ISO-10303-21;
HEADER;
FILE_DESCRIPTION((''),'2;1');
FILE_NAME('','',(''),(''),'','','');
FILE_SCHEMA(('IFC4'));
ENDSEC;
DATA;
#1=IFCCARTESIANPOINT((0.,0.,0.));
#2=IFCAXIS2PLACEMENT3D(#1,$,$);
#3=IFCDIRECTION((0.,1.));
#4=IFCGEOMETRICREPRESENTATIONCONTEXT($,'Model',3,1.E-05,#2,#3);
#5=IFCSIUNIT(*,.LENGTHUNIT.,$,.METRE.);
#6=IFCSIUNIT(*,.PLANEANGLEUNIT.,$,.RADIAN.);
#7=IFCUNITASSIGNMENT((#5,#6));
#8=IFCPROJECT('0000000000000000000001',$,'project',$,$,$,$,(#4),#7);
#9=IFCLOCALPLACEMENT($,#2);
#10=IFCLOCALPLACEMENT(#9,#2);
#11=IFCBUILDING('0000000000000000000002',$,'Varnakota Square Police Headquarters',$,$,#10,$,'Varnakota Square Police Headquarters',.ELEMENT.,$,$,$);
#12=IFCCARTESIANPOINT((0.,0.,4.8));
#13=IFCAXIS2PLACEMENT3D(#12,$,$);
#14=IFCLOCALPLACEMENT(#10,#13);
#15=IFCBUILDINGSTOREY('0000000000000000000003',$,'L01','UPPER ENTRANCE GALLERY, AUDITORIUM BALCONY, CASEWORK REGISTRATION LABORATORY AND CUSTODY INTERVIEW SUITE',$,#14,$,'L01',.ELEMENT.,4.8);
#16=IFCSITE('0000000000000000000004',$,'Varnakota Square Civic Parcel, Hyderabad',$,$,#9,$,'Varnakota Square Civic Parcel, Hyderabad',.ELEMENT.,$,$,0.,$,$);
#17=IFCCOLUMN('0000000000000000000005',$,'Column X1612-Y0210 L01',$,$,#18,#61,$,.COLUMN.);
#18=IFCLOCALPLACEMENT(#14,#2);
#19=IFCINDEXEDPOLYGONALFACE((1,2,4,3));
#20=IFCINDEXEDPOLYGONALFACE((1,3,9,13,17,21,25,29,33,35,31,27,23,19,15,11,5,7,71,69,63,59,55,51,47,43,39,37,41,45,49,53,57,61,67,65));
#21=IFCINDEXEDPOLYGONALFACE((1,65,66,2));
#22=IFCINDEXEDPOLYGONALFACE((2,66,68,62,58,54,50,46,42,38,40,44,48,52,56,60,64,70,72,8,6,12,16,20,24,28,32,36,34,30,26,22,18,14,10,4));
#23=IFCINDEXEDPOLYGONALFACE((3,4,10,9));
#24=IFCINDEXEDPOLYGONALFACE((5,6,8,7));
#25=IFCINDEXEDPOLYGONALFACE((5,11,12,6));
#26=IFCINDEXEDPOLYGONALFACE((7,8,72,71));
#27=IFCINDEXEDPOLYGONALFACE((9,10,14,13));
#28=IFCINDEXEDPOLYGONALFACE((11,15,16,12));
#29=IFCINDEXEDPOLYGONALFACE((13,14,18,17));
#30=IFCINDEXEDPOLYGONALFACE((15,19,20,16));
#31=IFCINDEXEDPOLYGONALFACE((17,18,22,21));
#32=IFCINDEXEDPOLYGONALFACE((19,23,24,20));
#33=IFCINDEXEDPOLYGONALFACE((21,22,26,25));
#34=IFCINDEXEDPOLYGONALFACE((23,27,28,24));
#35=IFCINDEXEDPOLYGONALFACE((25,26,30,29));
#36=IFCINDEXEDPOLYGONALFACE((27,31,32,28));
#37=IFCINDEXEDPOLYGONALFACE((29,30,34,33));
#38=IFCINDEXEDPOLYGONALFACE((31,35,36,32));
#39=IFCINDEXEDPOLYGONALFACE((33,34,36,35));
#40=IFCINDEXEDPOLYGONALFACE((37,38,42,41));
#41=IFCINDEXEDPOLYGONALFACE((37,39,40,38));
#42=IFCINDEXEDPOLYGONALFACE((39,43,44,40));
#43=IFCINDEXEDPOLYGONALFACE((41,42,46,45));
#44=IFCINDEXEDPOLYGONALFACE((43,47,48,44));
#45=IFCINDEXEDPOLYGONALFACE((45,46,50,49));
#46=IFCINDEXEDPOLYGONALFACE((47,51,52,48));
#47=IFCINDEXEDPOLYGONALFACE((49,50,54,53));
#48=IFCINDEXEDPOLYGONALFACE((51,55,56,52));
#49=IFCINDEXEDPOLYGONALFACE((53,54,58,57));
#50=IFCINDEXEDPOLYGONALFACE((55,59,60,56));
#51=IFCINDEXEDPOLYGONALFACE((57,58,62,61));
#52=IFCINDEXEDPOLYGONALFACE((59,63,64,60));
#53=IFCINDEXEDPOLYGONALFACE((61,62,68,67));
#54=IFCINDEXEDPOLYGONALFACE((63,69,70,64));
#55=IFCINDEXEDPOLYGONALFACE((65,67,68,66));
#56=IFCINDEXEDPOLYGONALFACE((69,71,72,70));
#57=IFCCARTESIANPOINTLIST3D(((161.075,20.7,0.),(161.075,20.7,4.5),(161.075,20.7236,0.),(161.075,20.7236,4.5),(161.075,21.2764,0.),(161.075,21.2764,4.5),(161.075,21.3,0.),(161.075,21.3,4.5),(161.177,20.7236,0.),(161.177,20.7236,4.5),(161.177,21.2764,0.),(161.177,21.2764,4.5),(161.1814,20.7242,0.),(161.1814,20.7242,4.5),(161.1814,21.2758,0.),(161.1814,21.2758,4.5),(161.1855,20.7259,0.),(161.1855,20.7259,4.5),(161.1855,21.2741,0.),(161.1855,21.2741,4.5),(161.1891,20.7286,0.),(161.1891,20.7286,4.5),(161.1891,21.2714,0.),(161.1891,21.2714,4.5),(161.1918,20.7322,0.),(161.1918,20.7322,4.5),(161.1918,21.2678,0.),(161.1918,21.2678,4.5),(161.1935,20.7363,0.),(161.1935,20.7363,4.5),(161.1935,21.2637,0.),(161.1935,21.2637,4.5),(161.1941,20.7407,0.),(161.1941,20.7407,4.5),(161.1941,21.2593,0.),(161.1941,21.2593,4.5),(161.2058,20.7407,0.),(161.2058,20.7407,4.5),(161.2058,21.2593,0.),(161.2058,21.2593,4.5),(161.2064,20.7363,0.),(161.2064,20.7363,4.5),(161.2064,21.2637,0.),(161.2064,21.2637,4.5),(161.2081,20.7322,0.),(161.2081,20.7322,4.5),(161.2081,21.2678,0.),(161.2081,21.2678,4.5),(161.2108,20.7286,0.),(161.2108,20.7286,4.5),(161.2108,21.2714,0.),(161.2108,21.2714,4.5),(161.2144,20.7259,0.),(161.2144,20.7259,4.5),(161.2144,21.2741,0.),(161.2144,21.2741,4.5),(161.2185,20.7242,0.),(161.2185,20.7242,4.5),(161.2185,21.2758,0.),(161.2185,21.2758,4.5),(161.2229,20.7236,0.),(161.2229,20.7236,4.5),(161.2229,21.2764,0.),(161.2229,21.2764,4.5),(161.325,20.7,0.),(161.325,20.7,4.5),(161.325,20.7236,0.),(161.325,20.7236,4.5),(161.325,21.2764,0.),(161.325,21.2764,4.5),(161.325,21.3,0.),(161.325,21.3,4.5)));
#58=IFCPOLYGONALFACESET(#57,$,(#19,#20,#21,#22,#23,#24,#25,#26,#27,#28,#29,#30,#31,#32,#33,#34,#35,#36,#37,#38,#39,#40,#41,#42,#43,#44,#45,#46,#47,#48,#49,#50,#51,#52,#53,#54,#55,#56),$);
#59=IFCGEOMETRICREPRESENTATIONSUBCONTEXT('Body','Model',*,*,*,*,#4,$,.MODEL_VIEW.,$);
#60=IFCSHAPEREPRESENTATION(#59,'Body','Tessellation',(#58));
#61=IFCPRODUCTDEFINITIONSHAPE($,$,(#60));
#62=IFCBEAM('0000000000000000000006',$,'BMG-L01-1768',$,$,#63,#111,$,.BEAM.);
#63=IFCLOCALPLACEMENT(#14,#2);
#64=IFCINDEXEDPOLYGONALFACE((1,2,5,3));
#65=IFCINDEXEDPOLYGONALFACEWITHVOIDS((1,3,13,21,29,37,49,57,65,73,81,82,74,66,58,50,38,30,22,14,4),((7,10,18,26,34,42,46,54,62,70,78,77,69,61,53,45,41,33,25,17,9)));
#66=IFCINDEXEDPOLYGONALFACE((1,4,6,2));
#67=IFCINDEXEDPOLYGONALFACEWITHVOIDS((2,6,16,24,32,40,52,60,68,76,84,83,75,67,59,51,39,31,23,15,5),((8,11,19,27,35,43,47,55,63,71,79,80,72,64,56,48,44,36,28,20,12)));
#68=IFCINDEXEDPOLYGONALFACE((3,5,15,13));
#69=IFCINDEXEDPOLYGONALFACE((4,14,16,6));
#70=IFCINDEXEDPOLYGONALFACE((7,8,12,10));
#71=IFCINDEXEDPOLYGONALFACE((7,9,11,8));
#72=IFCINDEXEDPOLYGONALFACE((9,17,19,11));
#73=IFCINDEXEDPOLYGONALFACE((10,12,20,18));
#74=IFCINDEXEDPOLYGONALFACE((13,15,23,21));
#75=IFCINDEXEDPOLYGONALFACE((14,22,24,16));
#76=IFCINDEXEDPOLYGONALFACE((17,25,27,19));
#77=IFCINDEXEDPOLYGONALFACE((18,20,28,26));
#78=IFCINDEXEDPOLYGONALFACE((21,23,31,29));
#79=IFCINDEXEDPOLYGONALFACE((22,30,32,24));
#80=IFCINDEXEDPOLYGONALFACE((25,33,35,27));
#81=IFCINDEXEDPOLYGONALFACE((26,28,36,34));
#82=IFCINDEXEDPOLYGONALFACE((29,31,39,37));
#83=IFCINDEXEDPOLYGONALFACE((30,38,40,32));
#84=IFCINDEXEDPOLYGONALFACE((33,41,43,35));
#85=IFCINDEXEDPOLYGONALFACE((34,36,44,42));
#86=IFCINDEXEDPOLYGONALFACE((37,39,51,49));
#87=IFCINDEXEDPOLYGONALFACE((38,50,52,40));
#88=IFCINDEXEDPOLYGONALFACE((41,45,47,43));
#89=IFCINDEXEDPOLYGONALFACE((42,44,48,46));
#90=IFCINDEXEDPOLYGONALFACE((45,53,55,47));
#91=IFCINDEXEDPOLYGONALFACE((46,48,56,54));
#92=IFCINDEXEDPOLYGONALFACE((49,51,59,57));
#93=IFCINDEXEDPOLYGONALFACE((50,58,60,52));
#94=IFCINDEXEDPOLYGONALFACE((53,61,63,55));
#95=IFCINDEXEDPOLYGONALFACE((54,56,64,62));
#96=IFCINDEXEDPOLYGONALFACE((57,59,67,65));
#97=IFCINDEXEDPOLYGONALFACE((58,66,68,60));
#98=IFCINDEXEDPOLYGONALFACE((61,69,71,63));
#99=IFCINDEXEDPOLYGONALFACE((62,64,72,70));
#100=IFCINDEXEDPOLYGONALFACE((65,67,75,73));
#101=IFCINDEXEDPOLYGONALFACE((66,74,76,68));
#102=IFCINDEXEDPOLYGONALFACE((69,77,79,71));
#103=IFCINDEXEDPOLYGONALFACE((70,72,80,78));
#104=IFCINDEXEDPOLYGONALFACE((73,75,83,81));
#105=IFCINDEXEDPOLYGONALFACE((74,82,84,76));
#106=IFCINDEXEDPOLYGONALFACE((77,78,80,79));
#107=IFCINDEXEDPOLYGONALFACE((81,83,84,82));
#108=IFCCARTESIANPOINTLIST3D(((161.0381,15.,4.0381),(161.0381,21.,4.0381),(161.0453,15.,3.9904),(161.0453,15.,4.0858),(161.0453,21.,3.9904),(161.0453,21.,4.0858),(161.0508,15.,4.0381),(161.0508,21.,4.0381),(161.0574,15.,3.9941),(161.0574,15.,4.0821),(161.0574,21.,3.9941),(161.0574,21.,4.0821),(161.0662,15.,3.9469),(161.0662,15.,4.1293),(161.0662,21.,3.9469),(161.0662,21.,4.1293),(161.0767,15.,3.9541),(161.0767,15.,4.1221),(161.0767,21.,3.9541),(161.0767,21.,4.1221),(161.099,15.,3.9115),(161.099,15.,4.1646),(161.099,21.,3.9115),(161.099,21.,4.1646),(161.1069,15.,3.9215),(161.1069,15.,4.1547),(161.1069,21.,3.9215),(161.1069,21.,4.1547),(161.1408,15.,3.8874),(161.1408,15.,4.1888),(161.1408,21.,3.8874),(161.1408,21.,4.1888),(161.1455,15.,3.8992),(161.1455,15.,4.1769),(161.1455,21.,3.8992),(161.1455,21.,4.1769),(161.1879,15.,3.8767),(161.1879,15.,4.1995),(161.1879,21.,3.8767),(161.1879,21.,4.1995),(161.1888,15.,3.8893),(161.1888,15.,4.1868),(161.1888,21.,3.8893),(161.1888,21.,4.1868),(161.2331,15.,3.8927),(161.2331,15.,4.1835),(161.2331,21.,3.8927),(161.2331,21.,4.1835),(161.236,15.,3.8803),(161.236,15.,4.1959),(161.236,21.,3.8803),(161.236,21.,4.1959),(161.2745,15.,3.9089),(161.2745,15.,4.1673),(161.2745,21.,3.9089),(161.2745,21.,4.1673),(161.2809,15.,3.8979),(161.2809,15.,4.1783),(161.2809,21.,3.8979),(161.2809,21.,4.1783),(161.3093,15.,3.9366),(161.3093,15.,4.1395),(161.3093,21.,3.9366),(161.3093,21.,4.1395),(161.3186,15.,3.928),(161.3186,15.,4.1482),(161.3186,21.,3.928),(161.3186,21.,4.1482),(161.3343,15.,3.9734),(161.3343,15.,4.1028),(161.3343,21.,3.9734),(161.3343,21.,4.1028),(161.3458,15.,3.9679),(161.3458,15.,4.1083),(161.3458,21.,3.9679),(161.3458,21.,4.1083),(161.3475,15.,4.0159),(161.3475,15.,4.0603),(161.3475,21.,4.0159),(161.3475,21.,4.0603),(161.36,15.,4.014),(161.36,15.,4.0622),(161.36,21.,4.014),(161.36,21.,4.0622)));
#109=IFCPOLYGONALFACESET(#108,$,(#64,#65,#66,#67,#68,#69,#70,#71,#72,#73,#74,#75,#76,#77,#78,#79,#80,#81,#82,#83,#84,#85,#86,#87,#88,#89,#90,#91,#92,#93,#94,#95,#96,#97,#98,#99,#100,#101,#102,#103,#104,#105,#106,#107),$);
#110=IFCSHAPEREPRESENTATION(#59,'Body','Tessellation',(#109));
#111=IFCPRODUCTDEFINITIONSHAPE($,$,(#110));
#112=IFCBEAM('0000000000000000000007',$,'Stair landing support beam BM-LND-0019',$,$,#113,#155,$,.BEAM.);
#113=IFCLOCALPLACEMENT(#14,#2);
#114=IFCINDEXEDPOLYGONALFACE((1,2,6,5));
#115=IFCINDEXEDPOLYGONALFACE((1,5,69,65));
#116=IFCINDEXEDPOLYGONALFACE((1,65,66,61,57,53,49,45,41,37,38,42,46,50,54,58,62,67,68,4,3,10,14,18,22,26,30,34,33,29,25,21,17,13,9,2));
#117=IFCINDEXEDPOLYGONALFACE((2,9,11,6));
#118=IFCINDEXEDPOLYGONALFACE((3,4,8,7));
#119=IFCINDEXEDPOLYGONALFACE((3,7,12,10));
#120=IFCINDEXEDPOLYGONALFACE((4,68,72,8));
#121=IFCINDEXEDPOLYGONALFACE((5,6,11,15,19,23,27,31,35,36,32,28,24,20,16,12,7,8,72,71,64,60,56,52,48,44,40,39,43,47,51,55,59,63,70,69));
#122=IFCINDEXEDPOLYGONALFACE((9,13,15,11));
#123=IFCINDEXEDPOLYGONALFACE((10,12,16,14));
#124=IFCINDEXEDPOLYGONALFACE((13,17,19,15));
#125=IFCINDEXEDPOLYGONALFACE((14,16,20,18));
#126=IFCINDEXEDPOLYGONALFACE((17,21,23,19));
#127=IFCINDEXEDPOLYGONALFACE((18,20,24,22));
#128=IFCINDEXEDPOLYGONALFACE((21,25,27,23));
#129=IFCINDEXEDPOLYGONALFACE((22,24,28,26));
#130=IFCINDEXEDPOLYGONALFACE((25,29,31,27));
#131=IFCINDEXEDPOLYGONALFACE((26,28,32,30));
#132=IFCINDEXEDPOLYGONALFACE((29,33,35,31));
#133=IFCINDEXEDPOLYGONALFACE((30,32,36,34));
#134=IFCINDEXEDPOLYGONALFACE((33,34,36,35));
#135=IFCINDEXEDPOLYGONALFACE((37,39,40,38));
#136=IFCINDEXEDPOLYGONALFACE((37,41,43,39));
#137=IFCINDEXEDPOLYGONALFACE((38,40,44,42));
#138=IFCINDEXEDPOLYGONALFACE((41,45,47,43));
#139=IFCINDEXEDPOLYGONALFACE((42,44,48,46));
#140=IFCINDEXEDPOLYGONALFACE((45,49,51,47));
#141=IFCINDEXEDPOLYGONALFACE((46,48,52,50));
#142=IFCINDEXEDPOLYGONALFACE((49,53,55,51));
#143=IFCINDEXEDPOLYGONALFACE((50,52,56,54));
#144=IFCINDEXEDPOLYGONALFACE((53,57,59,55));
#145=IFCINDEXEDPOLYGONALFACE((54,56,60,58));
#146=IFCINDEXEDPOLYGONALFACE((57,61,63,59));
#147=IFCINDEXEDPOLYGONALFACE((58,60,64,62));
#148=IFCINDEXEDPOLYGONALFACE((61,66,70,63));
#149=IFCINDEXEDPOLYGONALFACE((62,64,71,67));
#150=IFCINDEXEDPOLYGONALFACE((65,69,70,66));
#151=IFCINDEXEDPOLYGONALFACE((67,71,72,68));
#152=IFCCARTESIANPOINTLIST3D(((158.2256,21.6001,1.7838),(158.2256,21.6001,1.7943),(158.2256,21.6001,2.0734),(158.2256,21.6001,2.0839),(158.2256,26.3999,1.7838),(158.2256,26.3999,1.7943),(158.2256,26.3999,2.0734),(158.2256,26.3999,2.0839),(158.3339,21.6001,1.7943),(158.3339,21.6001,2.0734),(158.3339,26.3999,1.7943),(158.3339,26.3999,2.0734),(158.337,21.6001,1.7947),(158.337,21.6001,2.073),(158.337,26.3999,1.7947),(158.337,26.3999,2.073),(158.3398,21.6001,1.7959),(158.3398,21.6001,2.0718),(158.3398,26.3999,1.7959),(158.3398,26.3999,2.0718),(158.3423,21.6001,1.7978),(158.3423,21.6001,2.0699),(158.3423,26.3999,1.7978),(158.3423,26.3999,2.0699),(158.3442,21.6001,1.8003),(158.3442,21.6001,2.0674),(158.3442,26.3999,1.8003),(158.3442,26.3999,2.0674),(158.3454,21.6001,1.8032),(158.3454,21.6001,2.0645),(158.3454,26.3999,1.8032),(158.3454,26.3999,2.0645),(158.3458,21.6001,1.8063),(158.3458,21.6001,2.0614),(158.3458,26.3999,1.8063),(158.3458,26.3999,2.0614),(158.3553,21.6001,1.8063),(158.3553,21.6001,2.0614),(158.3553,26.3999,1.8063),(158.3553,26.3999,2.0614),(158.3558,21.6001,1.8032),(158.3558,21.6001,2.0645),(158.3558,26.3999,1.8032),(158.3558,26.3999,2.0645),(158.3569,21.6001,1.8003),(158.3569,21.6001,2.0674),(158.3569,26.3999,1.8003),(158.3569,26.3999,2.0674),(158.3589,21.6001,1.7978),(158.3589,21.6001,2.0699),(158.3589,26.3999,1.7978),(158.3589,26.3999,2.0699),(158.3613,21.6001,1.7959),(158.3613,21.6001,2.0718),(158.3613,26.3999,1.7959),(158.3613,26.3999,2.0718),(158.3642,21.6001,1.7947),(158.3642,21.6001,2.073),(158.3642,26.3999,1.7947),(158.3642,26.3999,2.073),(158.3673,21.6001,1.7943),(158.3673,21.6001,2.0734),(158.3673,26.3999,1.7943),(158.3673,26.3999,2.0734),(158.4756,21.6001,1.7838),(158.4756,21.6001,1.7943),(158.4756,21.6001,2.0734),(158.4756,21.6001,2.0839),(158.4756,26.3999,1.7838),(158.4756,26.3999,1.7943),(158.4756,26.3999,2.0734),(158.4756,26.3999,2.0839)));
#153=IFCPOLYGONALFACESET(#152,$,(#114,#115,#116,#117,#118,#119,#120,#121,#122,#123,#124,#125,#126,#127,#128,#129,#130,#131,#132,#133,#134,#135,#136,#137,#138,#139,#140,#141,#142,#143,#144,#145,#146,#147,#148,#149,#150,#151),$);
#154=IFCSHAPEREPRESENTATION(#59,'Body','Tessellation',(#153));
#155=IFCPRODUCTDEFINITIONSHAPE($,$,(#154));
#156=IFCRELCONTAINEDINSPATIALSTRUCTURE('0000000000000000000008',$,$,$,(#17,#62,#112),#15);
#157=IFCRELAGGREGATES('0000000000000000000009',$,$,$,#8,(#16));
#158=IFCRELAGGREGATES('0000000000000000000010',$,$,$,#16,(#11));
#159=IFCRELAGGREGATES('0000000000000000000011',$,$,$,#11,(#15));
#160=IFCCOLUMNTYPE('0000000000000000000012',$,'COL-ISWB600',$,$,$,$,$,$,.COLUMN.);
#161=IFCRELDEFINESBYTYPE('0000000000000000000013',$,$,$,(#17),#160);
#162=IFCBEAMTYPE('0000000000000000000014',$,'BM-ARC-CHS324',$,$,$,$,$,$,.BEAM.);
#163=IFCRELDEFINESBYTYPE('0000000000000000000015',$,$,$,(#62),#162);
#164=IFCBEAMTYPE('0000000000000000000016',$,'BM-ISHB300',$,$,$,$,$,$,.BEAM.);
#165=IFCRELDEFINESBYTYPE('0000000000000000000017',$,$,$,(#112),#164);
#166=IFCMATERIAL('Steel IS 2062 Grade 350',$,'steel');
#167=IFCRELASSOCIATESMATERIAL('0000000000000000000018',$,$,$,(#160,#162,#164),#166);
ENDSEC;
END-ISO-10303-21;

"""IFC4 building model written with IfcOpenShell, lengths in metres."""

from ifc_helpers import new_model, si_unit, direction, frame, origin, origin_2d, place, context, subcontext, project, spatial, hollow_circle, i_section, extrude, material, material_profile, profile_set, type_object, element, save


model = new_model("IFC4")

# Units and contexts
model_context = context("Model", 3, precision=1e-05, world=origin(), true_north=direction((0.0, 1.0)))
body_context = subcontext(model_context, "Body", "Model", "MODEL_VIEW")
ifc_project = project(units=[si_unit("LENGTHUNIT", "METRE"), si_unit("PLANEANGLEUNIT", "RADIAN")], contexts=[model_context])

# Site, building, storey
site_placement = place(None, origin())
site = spatial("IfcSite", under=ifc_project, at=site_placement, Name="Varnakota Square Civic Parcel, Hyderabad", LongName="Varnakota Square Civic Parcel, Hyderabad", CompositionType="ELEMENT", RefElevation=0.0)
building_placement = place(site_placement, origin())
building = spatial("IfcBuilding", under=site, at=building_placement, Name="Varnakota Square Police Headquarters", LongName="Varnakota Square Police Headquarters", CompositionType="ELEMENT")
storey_placement = place(building_placement, frame((0.0, 0.0, 4.8)))
storey = spatial("IfcBuildingStorey", under=building, at=storey_placement, Name="L01", Description="UPPER ENTRANCE GALLERY, AUDITORIUM BALCONY, CASEWORK REGISTRATION LABORATORY AND CUSTODY INTERVIEW SUITE", LongName="L01", CompositionType="ELEMENT", Elevation=4.8)

# Column
ifc_material_1 = material(Name="Steel IS 2062 Grade 350", Category="steel")
ifc_material_profile_1 = material_profile(ifc_material_1, i_section(OverallWidth=0.25, OverallDepth=0.6001, WebThickness=0.0117, FlangeThickness=0.0237, FilletRadius=0.0171, at=origin_2d()), Name="ISWB 600")
ifc_profile_set_1 = profile_set([ifc_material_profile_1], Name="Steel IS 2062 Grade 350")
column_type = type_object("IfcColumnType", Name="COL-ISWB600", PredefinedType="COLUMN", material=ifc_profile_set_1)
column_placement = place(storey_placement, frame((161.2, 21.0, 0.0), z_axis=(0.0, 0.0, 1.0), x_axis=(1.0, 0.0, 0.0)))
element("IfcColumn", 1, at=column_placement, inside=storey, type_object=column_type, Name="Column X1612-Y0210 L01", PredefinedType="COLUMN", context=body_context, shape_type="SweptSolid", body=[
    extrude(i_section(OverallWidth=0.25, OverallDepth=0.6001, WebThickness=0.0117, FlangeThickness=0.0237, FilletRadius=0.0171, at=origin_2d()), origin(), (0.0, 0.0, 1.0), 4.5),
])

# Beams
ifc_material_profile_2 = material_profile(ifc_material_1, hollow_circle(Radius=0.1619, WallThickness=0.0127, at=origin_2d()), Name="CHS 323.9x12.7")
ifc_profile_set_2 = profile_set([ifc_material_profile_2], Name="Steel IS 2062 Grade 350")
beam_type_1 = type_object("IfcBeamType", Name="BM-ARC-CHS324", PredefinedType="BEAM", material=ifc_profile_set_2)
beam_1_placement = place(storey_placement, frame((161.2, 15.0, 4.0381), z_axis=(0.0, 1.0, 0.0), x_axis=(-1.0, 0.0, 0.0)))
element("IfcBeam", 2, at=beam_1_placement, inside=storey, type_object=beam_type_1, Name="BMG-L01-1768", PredefinedType="BEAM", context=body_context, shape_type="SweptSolid", body=[
    extrude(hollow_circle(Radius=0.1619, WallThickness=0.0127, at=origin_2d()), origin(), (0.0, 0.0, 1.0), 6.0),
])
ifc_material_profile_3 = material_profile(ifc_material_1, i_section(OverallWidth=0.25, OverallDepth=0.3, WebThickness=0.0095, FlangeThickness=0.0105, FilletRadius=0.012, at=origin_2d()), Name="ISHB 300")
ifc_profile_set_3 = profile_set([ifc_material_profile_3], Name="Steel IS 2062 Grade 350")
beam_type_2 = type_object("IfcBeamType", Name="BM-ISHB300", PredefinedType="BEAM", material=ifc_profile_set_3)
beam_2_placement = place(storey_placement, frame((158.3506, 21.6001, 1.9338), z_axis=(0.0, 1.0, 0.0), x_axis=(-1.0, 0.0, 0.0)))
element("IfcBeam", 3, at=beam_2_placement, inside=storey, type_object=beam_type_2, Name="Stair landing support beam BM-LND-0019", PredefinedType="BEAM", context=body_context, shape_type="SweptSolid", body=[
    extrude(i_section(OverallWidth=0.25, OverallDepth=0.3, WebThickness=0.0095, FlangeThickness=0.0105, FilletRadius=0.012, at=origin_2d()), origin(), (0.0, 0.0, 1.0), 4.7998),
])

save(model, "model.ifc")
